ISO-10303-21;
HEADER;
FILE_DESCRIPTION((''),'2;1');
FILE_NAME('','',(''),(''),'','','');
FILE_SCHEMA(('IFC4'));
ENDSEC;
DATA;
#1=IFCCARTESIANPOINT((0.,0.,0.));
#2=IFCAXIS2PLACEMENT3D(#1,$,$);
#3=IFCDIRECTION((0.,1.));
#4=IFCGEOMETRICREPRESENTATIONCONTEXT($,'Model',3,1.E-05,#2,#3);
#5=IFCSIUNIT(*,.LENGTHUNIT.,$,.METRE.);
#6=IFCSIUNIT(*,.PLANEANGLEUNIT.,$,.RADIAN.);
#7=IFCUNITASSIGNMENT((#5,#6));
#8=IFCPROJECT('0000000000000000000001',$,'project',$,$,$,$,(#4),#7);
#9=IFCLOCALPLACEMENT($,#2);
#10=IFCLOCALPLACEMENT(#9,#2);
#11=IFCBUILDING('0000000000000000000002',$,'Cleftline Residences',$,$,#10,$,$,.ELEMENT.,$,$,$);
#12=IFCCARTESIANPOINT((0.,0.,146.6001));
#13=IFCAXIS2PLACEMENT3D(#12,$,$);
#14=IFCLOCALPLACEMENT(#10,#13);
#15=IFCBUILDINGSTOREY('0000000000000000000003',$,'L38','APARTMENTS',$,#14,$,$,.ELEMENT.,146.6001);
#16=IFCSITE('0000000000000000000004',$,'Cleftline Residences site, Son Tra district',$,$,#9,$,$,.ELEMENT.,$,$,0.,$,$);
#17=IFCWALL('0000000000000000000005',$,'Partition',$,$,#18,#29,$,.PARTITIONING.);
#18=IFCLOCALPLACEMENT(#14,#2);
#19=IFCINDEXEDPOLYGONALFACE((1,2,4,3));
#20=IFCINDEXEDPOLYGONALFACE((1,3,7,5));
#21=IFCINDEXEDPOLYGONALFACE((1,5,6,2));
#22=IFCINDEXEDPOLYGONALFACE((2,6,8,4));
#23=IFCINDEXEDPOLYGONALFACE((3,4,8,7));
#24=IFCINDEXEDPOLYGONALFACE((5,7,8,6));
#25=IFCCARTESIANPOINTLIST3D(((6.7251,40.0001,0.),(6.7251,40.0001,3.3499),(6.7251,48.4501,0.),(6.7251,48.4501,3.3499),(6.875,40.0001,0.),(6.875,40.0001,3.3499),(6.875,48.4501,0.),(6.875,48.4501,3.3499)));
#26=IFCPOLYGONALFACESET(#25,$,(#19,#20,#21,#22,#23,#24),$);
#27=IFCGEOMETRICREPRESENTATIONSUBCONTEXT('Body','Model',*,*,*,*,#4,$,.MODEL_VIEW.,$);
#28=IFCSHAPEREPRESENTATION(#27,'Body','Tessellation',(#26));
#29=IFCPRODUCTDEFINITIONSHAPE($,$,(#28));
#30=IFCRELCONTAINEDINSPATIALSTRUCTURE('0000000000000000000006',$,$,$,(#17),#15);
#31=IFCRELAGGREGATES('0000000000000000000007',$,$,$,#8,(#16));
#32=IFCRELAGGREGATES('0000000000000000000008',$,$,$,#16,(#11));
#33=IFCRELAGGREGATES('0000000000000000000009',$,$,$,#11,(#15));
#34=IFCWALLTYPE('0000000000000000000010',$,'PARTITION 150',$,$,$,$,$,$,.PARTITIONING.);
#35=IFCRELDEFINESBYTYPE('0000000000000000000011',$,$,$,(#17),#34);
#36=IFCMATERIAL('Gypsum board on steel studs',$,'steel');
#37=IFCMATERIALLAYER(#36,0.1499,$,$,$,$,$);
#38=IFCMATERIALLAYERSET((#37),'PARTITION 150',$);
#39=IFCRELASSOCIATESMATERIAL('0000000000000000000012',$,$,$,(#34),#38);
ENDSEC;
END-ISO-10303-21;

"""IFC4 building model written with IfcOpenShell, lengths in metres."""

from ifc_helpers import new_model, si_unit, direction, frame, frame_2d, origin, place, context, subcontext, project, spatial, rectangle, extrude, material, layer, layer_set, type_object, element, save


model = new_model("IFC4")

# Units and contexts
model_context = context("Model", 3, precision=1e-05, world=origin(), true_north=direction((0.0, 1.0)))
body_context = subcontext(model_context, "Body", "Model", "MODEL_VIEW")
ifc_project = project(units=[si_unit("LENGTHUNIT", "METRE"), si_unit("PLANEANGLEUNIT", "RADIAN")], contexts=[model_context])

# Site, building, storey
site_placement = place(None, origin())
site = spatial("IfcSite", under=ifc_project, at=site_placement, Name="Cleftline Residences site, Son Tra district", CompositionType="ELEMENT", RefElevation=0.0)
building_placement = place(site_placement, origin())
building = spatial("IfcBuilding", under=site, at=building_placement, Name="Cleftline Residences", CompositionType="ELEMENT")
storey_placement = place(building_placement, frame((0.0, 0.0, 146.6001)))
storey = spatial("IfcBuildingStorey", under=building, at=storey_placement, Name="L38", Description="APARTMENTS", CompositionType="ELEMENT", Elevation=146.6001)

# Shared definitions
ifc_material_1 = material(Name="Gypsum board on steel studs", Category="steel")
ifc_layer = layer(ifc_material_1, 0.1499)
ifc_layer_set = layer_set([ifc_layer], Name="PARTITION 150")
wall_type = type_object("IfcWallType", Name="PARTITION 150", PredefinedType="PARTITIONING", material=ifc_layer_set)

# Wall
wall_1_placement = place(storey_placement, frame((6.8, 40.0, 0.0), z_axis=(0.0, 0.0, 1.0), x_axis=(0.0, 1.0, 0.0)))
element("IfcWall", 1, at=wall_1_placement, inside=storey, type_object=wall_type, Name="Partition", PredefinedType="PARTITIONING", context=body_context, shape_type="SweptSolid", body=[
    extrude(rectangle(XDim=8.45, YDim=0.1499, at=frame_2d((4.2251, 0.0))), origin(), (0.0, 0.0, 1.0), 3.3499),
])

save(model, "model.ifc")
